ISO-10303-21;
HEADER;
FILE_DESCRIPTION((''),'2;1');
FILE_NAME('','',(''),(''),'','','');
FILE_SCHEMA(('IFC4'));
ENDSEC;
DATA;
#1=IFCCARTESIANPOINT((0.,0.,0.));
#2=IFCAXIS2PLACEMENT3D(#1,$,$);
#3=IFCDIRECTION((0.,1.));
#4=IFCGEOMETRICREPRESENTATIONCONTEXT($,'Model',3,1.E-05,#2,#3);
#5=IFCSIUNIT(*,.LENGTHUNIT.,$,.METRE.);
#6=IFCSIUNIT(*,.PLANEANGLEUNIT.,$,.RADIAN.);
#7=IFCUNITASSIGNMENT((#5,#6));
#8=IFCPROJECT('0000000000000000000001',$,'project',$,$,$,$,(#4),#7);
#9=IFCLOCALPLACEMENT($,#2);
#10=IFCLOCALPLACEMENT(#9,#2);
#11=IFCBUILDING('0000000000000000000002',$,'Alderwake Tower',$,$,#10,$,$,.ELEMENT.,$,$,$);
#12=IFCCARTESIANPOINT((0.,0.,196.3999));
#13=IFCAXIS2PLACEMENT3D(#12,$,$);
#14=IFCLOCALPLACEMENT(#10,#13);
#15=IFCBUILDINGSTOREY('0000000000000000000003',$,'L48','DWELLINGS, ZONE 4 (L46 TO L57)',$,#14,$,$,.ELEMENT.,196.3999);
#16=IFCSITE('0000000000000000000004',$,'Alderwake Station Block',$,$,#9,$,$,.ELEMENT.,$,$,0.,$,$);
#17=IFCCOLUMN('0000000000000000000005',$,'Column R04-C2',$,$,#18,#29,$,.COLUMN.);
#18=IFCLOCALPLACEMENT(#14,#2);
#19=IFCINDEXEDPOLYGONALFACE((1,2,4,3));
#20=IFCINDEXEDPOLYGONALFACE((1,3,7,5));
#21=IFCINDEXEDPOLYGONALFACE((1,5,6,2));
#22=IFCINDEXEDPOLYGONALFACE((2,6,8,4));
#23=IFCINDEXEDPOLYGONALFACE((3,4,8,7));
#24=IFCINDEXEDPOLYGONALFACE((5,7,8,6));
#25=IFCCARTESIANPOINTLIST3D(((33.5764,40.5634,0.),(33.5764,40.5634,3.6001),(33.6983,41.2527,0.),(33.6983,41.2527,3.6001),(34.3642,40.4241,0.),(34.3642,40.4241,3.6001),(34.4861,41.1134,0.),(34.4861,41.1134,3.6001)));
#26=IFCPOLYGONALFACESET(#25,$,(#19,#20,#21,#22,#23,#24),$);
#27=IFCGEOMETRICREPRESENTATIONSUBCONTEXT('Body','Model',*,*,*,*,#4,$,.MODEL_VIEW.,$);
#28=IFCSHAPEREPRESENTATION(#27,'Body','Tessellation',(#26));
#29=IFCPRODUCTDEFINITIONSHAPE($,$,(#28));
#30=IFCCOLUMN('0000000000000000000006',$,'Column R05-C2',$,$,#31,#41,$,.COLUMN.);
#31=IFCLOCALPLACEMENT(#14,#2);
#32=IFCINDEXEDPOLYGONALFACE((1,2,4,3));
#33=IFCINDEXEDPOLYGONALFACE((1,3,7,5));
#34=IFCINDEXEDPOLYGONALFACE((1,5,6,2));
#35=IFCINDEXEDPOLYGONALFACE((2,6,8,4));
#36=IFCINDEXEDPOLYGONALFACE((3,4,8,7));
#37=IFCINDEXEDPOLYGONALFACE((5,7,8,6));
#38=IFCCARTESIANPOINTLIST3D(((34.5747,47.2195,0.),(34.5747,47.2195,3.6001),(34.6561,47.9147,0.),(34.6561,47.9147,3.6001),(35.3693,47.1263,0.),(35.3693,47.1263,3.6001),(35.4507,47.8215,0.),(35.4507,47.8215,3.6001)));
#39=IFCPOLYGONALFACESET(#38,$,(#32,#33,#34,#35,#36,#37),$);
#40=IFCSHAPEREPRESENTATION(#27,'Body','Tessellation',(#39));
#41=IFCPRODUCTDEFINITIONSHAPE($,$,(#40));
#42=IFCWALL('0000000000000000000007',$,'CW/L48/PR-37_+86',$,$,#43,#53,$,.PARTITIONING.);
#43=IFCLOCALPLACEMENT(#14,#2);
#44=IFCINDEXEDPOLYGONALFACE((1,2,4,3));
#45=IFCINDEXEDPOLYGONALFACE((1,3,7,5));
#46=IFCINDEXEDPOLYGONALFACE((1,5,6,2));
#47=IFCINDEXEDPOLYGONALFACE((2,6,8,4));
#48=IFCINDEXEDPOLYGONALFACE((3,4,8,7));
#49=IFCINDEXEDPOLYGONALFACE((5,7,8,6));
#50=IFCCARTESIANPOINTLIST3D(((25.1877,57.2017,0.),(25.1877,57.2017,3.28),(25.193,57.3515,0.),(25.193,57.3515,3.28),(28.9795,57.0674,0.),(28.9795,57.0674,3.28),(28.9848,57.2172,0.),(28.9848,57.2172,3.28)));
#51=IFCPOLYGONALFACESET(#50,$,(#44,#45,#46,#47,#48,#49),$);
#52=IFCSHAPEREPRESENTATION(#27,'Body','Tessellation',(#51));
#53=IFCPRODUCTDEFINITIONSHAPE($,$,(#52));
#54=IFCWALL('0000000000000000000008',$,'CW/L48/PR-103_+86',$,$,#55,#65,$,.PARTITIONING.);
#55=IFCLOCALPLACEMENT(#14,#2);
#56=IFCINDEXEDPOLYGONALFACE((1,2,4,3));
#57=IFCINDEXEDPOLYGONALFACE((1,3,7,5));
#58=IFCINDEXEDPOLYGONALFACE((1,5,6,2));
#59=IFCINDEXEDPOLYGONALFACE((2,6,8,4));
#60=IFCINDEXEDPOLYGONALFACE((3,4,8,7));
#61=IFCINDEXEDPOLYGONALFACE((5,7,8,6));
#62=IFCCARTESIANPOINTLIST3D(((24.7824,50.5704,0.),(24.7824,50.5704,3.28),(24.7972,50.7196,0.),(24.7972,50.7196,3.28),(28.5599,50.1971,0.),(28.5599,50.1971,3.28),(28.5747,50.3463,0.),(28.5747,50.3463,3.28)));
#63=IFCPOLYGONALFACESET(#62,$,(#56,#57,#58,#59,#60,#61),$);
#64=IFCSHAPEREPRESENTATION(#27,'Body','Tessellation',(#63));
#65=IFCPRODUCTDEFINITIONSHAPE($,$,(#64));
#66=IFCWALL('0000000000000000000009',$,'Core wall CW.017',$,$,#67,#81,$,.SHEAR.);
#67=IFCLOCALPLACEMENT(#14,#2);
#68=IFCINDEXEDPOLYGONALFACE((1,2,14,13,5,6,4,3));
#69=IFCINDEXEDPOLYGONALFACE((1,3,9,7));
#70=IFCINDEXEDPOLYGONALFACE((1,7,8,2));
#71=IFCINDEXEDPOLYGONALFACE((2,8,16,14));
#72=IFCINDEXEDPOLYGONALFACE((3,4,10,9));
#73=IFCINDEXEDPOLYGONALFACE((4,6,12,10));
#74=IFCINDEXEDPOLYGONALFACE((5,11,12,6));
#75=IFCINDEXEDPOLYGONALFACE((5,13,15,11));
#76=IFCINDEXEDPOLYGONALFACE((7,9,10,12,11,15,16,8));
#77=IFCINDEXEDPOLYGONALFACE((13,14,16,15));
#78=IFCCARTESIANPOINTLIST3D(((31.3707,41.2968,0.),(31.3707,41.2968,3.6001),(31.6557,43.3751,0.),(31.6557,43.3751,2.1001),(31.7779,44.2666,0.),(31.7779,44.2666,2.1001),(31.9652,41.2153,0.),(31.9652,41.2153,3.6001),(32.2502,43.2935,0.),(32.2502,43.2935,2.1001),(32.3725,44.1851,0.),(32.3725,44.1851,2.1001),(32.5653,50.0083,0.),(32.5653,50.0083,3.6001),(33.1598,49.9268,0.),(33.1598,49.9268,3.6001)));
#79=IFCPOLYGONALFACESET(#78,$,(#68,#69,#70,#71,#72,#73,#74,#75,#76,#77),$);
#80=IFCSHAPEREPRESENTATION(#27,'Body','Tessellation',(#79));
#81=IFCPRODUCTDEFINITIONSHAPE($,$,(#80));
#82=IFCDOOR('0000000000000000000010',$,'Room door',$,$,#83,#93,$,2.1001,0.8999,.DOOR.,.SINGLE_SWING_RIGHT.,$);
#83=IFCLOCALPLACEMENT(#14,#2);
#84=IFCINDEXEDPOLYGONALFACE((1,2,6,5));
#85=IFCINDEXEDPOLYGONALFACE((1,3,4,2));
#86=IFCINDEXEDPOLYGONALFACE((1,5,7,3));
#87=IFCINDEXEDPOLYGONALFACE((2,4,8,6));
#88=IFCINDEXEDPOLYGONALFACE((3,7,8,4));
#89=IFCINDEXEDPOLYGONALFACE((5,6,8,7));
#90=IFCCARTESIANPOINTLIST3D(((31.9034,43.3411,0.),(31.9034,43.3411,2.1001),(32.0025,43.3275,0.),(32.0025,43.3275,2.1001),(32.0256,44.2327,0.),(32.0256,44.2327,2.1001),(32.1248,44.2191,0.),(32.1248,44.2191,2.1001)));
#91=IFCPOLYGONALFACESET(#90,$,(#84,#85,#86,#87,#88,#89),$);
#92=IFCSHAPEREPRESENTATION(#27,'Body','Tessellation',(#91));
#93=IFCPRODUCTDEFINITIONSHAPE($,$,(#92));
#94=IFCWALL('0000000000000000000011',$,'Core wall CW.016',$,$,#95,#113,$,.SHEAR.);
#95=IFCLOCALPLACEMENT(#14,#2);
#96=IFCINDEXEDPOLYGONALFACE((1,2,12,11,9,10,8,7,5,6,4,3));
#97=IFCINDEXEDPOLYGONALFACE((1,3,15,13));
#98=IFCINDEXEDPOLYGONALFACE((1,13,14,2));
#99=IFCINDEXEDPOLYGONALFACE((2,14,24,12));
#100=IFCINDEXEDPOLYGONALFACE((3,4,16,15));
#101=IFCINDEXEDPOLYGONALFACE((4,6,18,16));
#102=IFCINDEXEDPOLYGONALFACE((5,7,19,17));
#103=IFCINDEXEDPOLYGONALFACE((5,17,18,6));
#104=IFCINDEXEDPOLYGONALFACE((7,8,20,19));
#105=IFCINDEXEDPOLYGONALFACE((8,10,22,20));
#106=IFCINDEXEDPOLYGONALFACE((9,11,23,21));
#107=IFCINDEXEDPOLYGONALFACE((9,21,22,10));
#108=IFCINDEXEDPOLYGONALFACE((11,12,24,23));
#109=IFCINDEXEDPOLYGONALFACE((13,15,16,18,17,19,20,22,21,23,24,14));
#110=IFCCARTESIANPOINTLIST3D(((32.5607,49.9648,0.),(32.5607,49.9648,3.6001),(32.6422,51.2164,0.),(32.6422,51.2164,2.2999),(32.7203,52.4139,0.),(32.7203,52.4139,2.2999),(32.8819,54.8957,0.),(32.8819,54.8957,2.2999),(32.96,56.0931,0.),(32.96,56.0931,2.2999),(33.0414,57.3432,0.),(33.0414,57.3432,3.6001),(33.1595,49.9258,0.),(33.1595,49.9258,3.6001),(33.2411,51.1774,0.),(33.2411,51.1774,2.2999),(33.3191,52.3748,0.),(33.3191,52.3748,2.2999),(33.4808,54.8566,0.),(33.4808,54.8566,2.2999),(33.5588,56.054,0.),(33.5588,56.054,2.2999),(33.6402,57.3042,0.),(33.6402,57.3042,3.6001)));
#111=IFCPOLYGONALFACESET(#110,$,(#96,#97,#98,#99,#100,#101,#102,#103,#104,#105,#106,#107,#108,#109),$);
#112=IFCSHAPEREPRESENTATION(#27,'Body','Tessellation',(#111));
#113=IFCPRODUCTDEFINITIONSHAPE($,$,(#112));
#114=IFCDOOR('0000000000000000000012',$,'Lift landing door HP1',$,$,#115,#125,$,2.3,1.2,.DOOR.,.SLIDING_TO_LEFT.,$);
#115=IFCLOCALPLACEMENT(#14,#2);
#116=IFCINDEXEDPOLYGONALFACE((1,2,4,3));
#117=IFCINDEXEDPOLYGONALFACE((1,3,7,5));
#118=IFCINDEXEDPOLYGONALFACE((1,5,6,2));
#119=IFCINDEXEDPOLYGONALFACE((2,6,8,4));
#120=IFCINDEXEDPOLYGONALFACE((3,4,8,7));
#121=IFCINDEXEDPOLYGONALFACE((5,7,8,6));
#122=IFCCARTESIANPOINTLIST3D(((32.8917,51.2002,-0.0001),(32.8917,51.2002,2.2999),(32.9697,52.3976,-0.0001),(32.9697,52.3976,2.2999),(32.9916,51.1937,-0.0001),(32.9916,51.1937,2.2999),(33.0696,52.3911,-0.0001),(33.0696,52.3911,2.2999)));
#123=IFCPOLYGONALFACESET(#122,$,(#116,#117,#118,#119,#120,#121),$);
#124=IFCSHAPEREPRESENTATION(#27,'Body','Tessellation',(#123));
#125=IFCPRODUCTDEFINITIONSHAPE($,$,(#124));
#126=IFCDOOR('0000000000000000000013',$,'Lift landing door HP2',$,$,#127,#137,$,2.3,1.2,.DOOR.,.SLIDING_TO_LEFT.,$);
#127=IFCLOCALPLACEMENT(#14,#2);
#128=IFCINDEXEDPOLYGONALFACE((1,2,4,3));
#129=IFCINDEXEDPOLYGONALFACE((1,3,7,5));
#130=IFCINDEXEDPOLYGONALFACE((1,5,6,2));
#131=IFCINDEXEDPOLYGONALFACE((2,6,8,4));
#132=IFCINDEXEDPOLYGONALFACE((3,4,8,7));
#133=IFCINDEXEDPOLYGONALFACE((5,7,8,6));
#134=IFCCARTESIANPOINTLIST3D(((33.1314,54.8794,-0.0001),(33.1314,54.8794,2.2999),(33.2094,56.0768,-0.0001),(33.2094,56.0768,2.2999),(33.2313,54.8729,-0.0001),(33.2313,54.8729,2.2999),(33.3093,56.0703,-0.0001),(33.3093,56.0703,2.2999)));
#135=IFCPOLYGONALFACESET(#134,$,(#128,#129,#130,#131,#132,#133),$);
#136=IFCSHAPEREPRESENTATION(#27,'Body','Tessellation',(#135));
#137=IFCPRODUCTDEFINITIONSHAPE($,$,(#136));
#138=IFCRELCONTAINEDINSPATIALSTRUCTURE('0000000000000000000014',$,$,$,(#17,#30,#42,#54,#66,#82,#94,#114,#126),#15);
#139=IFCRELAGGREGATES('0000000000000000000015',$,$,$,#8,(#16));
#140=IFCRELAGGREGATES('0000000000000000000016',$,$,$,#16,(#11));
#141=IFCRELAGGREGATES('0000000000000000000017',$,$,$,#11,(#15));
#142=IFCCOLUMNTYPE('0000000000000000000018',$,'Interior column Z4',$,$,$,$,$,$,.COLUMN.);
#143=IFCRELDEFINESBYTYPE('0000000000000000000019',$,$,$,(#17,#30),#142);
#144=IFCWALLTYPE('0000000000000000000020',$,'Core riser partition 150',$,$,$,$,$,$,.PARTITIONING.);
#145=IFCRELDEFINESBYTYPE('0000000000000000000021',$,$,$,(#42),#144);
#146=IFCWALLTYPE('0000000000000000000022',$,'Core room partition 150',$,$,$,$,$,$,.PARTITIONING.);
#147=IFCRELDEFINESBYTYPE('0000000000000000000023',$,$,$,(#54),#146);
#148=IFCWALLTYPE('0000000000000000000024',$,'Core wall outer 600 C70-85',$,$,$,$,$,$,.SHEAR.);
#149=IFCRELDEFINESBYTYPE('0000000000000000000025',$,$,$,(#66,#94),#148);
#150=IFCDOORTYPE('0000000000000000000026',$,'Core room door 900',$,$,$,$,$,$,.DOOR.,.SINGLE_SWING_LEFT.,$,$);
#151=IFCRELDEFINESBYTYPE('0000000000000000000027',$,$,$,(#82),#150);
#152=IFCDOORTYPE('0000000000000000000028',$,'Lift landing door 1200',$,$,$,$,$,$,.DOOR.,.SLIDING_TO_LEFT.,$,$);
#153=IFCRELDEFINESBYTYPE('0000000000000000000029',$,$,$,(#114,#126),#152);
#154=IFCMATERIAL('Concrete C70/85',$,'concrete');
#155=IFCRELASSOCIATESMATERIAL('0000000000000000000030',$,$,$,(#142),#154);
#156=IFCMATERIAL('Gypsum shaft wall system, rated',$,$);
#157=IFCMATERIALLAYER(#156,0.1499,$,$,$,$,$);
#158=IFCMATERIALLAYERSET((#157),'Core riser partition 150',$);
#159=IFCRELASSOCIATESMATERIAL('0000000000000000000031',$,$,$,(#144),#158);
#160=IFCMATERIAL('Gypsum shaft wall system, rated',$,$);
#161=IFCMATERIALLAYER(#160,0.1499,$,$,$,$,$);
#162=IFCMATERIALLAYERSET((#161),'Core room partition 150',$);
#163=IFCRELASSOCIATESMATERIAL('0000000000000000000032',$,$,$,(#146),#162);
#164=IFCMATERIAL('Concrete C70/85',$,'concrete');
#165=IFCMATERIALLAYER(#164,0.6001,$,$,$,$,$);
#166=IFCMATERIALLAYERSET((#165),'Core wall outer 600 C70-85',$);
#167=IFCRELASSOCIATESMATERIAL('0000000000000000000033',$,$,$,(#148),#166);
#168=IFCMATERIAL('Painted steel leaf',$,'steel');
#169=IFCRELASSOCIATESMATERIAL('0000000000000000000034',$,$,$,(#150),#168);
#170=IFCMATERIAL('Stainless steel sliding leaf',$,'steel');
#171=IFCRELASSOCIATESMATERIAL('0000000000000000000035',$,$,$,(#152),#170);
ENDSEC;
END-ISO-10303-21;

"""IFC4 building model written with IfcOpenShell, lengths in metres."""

from ifc_helpers import new_model, si_unit, direction, frame, frame_2d, origin, origin_2d, place, context, subcontext, project, spatial, rectangle, extrude, material, layer, layer_set, material_profile, profile_set, type_object, element, fill, save


model = new_model("IFC4")

# Units and contexts
model_context = context("Model", 3, precision=1e-05, world=origin(), true_north=direction((0.0, 1.0)))
body_context = subcontext(model_context, "Body", "Model", "MODEL_VIEW")
ifc_project = project(units=[si_unit("LENGTHUNIT", "METRE"), si_unit("PLANEANGLEUNIT", "RADIAN")], contexts=[model_context])

# Site, building, storey
site_placement = place(None, origin())
site = spatial("IfcSite", under=ifc_project, at=site_placement, Name="Alderwake Station Block", CompositionType="ELEMENT", RefElevation=0.0)
building_placement = place(site_placement, origin())
building = spatial("IfcBuilding", under=site, at=building_placement, Name="Alderwake Tower", CompositionType="ELEMENT")
storey_placement = place(building_placement, frame((0.0, 0.0, 196.3999)))
storey = spatial("IfcBuildingStorey", under=building, at=storey_placement, Name="L48", Description="DWELLINGS, ZONE 4 (L46 TO L57)", CompositionType="ELEMENT", Elevation=196.3999)

# Columns
ifc_material_1 = material(Name="Concrete C70/85", Category="concrete")
ifc_material_profile = material_profile(ifc_material_1, rectangle(XDim=0.7, YDim=0.8, at=origin_2d()), Name="RC 800X700")
ifc_profile_set = profile_set([ifc_material_profile], Name="Concrete C70/85")
column_type = type_object("IfcColumnType", Name="Interior column Z4", PredefinedType="COLUMN", material=ifc_profile_set)
for number, where, z_axis, x_axis, name in (
    (1, (34.0312, 40.8384, 0.0), (0.0, 0.0, 1.0), (0.174109, 0.984726, 0.0), "Column R04-C2"),
    (2, (35.0127, 47.5205, 0.0), (0.0, 0.0, 1.0), (0.116402, 0.993202, 0.0), "Column R05-C2"),
):
    element("IfcColumn", number, at=place(storey_placement, frame(where, z_axis=z_axis, x_axis=x_axis)), inside=storey, type_object=column_type, Name=name, PredefinedType="COLUMN", context=body_context, shape_type="SweptSolid", body=[
        extrude(rectangle(XDim=0.7, YDim=0.8, at=origin_2d()), origin(), (0.0, 0.0, 1.0), 3.6001),
    ])

# Walls
ifc_material_2 = material(Name="Gypsum shaft wall system, rated")
ifc_layer_1 = layer(ifc_material_2, 0.1499)
ifc_layer_set_1 = layer_set([ifc_layer_1], Name="Core riser partition 150")
wall_type_1 = type_object("IfcWallType", Name="Core riser partition 150", PredefinedType="PARTITIONING", material=ifc_layer_set_1)
wall_1_placement = place(storey_placement, frame((25.1904, 57.2766, 0.0), z_axis=(0.0, 0.0, 1.0), x_axis=(0.999374, -0.035391, 0.0)))
element("IfcWall", 3, at=wall_1_placement, inside=storey, type_object=wall_type_1, Name="CW/L48/PR-37_+86", PredefinedType="PARTITIONING", context=body_context, shape_type="SweptSolid", body=[
    extrude(rectangle(XDim=3.7942, YDim=0.1499, at=frame_2d((1.897, 0.0))), origin(), (0.0, 0.0, 1.0), 3.28),
])
ifc_material_3 = material(Name="Gypsum shaft wall system, rated")
ifc_layer_2 = layer(ifc_material_3, 0.1499)
ifc_layer_set_2 = layer_set([ifc_layer_2], Name="Core room partition 150")
wall_type_2 = type_object("IfcWallType", Name="Core room partition 150", PredefinedType="PARTITIONING", material=ifc_layer_set_2)
wall_2_placement = place(storey_placement, frame((24.7898, 50.645, 0.0), z_axis=(0.0, 0.0, 1.0), x_axis=(0.995153, -0.098338, 0.0)))
element("IfcWall", 4, at=wall_2_placement, inside=storey, type_object=wall_type_2, Name="CW/L48/PR-103_+86", PredefinedType="PARTITIONING", context=body_context, shape_type="SweptSolid", body=[
    extrude(rectangle(XDim=3.7959, YDim=0.1499, at=frame_2d((1.8979, 0.0))), origin(), (0.0, 0.0, 1.0), 3.28),
])

# Wall, opening, door
ifc_material_4 = material(Name="Concrete C70/85", Category="concrete")
ifc_layer_3 = layer(ifc_material_4, 0.6001)
ifc_layer_set_3 = layer_set([ifc_layer_3], Name="Core wall outer 600 C70-85")
wall_type_3 = type_object("IfcWallType", Name="Core wall outer 600 C70-85", PredefinedType="SHEAR", material=ifc_layer_set_3)
wall_3_placement = place(storey_placement, frame((32.8625, 49.9675, 0.0), z_axis=(0.0, 0.0, 1.0), x_axis=(-0.135857, -0.990729, 0.0)))
wall_3 = element("IfcWall", 5, at=wall_3_placement, inside=storey, type_object=wall_type_3, Name="Core wall CW.017", PredefinedType="SHEAR", context=body_context, shape_type="SweptSolid", body=[
    extrude(rectangle(XDim=8.793, YDim=0.6001, at=frame_2d((4.3965, 0.0))), origin(), (0.0, 0.0, 1.0), 3.6001),
])
opening_1_placement = place(wall_3_placement, frame((5.7954, 0.0, 0.0)))
opening_1 = element("IfcOpeningElement", 6, at=opening_1_placement, cuts=wall_3, PredefinedType="OPENING", context=body_context, shape_type="SweptSolid", body=[
    extrude(rectangle(XDim=0.8999, YDim=2.1001, at=frame_2d((0.45, 1.05))), frame((0.0, 0.3101, 0.0), z_axis=(0.0, -1.0, 0.0), x_axis=(1.0, 0.0, 0.0)), (0.0, 0.0, 1.0), 0.6201),
])
ifc_material_5 = material(Name="Painted steel leaf", Category="steel")
door_type_1 = type_object("IfcDoorType", Name="Core room door 900", OperationType="SINGLE_SWING_LEFT", PredefinedType="DOOR", material=ifc_material_5)
door_1_placement = place(opening_1_placement, origin())
door_1 = element("IfcDoor", 7, at=door_1_placement, inside=storey, type_object=door_type_1, Name="Room door", OperationType="SINGLE_SWING_RIGHT", OverallHeight=2.1001, OverallWidth=0.8999, PredefinedType="DOOR", context=body_context, shape_type="SweptSolid", body=[
    extrude(rectangle(XDim=0.8999, YDim=2.1001, at=frame_2d((0.45, 1.05))), frame((0.0, 0.05, 0.0), z_axis=(0.0, -1.0, 0.0), x_axis=(1.0, 0.0, 0.0)), (0.0, 0.0, 1.0), 0.1001),
])
fill(opening_1, door_1)

# Wall, openings, doors
wall_4_placement = place(storey_placement, frame((32.8601, 49.9453, 0.0), z_axis=(0.0, 0.0, 1.0), x_axis=(0.065013, 0.997884, 0.0)))
wall_4 = element("IfcWall", 8, at=wall_4_placement, inside=storey, type_object=wall_type_3, Name="Core wall CW.016", PredefinedType="SHEAR", context=body_context, shape_type="SweptSolid", body=[
    extrude(rectangle(XDim=7.394, YDim=0.6001, at=frame_2d((3.697, 0.0))), origin(), (0.0, 0.0, 1.0), 3.6001),
])
opening_2_placement = place(wall_4_placement, frame((1.2542, 0.0, 0.0)))
opening_2 = element("IfcOpeningElement", 9, at=opening_2_placement, cuts=wall_4, PredefinedType="OPENING", context=body_context, shape_type="SweptSolid", body=[
    extrude(rectangle(XDim=1.2, YDim=2.3, at=frame_2d((0.6001, 1.1499))), frame((0.0, 0.3101, 0.0), z_axis=(0.0, -1.0, 0.0), x_axis=(1.0, 0.0, 0.0)), (0.0, 0.0, 1.0), 0.6201),
])
opening_3_placement = place(wall_4_placement, frame((4.9412, 0.0, 0.0)))
opening_3 = element("IfcOpeningElement", 10, at=opening_3_placement, cuts=wall_4, PredefinedType="OPENING", context=body_context, shape_type="SweptSolid", body=[
    extrude(rectangle(XDim=1.2, YDim=2.3, at=frame_2d((0.6001, 1.1499))), frame((0.0, 0.3101, 0.0), z_axis=(0.0, -1.0, 0.0), x_axis=(1.0, 0.0, 0.0)), (0.0, 0.0, 1.0), 0.6201),
])
ifc_material_6 = material(Name="Stainless steel sliding leaf", Category="steel")
door_type_2 = type_object("IfcDoorType", Name="Lift landing door 1200", OperationType="SLIDING_TO_LEFT", PredefinedType="DOOR", material=ifc_material_6)
door_2_placement = place(opening_2_placement, origin())
door_2 = element("IfcDoor", 11, at=door_2_placement, inside=storey, type_object=door_type_2, Name="Lift landing door HP1", OperationType="SLIDING_TO_LEFT", OverallHeight=2.3, OverallWidth=1.2, PredefinedType="DOOR", context=body_context, shape_type="SweptSolid", body=[
    extrude(rectangle(XDim=1.2, YDim=2.3, at=frame_2d((0.6001, 1.1499))), frame((0.0, 0.05, 0.0), z_axis=(0.0, -1.0, 0.0), x_axis=(1.0, 0.0, 0.0)), (0.0, 0.0, 1.0), 0.1001),
])
fill(opening_2, door_2)
door_3_placement = place(opening_3_placement, origin())
door_3 = element("IfcDoor", 12, at=door_3_placement, inside=storey, type_object=door_type_2, Name="Lift landing door HP2", OperationType="SLIDING_TO_LEFT", OverallHeight=2.3, OverallWidth=1.2, PredefinedType="DOOR", context=body_context, shape_type="SweptSolid", body=[
    extrude(rectangle(XDim=1.2, YDim=2.3, at=frame_2d((0.6001, 1.1499))), frame((0.0, 0.05, 0.0), z_axis=(0.0, -1.0, 0.0), x_axis=(1.0, 0.0, 0.0)), (0.0, 0.0, 1.0), 0.1001),
])
fill(opening_3, door_3)

save(model, "model.ifc")
